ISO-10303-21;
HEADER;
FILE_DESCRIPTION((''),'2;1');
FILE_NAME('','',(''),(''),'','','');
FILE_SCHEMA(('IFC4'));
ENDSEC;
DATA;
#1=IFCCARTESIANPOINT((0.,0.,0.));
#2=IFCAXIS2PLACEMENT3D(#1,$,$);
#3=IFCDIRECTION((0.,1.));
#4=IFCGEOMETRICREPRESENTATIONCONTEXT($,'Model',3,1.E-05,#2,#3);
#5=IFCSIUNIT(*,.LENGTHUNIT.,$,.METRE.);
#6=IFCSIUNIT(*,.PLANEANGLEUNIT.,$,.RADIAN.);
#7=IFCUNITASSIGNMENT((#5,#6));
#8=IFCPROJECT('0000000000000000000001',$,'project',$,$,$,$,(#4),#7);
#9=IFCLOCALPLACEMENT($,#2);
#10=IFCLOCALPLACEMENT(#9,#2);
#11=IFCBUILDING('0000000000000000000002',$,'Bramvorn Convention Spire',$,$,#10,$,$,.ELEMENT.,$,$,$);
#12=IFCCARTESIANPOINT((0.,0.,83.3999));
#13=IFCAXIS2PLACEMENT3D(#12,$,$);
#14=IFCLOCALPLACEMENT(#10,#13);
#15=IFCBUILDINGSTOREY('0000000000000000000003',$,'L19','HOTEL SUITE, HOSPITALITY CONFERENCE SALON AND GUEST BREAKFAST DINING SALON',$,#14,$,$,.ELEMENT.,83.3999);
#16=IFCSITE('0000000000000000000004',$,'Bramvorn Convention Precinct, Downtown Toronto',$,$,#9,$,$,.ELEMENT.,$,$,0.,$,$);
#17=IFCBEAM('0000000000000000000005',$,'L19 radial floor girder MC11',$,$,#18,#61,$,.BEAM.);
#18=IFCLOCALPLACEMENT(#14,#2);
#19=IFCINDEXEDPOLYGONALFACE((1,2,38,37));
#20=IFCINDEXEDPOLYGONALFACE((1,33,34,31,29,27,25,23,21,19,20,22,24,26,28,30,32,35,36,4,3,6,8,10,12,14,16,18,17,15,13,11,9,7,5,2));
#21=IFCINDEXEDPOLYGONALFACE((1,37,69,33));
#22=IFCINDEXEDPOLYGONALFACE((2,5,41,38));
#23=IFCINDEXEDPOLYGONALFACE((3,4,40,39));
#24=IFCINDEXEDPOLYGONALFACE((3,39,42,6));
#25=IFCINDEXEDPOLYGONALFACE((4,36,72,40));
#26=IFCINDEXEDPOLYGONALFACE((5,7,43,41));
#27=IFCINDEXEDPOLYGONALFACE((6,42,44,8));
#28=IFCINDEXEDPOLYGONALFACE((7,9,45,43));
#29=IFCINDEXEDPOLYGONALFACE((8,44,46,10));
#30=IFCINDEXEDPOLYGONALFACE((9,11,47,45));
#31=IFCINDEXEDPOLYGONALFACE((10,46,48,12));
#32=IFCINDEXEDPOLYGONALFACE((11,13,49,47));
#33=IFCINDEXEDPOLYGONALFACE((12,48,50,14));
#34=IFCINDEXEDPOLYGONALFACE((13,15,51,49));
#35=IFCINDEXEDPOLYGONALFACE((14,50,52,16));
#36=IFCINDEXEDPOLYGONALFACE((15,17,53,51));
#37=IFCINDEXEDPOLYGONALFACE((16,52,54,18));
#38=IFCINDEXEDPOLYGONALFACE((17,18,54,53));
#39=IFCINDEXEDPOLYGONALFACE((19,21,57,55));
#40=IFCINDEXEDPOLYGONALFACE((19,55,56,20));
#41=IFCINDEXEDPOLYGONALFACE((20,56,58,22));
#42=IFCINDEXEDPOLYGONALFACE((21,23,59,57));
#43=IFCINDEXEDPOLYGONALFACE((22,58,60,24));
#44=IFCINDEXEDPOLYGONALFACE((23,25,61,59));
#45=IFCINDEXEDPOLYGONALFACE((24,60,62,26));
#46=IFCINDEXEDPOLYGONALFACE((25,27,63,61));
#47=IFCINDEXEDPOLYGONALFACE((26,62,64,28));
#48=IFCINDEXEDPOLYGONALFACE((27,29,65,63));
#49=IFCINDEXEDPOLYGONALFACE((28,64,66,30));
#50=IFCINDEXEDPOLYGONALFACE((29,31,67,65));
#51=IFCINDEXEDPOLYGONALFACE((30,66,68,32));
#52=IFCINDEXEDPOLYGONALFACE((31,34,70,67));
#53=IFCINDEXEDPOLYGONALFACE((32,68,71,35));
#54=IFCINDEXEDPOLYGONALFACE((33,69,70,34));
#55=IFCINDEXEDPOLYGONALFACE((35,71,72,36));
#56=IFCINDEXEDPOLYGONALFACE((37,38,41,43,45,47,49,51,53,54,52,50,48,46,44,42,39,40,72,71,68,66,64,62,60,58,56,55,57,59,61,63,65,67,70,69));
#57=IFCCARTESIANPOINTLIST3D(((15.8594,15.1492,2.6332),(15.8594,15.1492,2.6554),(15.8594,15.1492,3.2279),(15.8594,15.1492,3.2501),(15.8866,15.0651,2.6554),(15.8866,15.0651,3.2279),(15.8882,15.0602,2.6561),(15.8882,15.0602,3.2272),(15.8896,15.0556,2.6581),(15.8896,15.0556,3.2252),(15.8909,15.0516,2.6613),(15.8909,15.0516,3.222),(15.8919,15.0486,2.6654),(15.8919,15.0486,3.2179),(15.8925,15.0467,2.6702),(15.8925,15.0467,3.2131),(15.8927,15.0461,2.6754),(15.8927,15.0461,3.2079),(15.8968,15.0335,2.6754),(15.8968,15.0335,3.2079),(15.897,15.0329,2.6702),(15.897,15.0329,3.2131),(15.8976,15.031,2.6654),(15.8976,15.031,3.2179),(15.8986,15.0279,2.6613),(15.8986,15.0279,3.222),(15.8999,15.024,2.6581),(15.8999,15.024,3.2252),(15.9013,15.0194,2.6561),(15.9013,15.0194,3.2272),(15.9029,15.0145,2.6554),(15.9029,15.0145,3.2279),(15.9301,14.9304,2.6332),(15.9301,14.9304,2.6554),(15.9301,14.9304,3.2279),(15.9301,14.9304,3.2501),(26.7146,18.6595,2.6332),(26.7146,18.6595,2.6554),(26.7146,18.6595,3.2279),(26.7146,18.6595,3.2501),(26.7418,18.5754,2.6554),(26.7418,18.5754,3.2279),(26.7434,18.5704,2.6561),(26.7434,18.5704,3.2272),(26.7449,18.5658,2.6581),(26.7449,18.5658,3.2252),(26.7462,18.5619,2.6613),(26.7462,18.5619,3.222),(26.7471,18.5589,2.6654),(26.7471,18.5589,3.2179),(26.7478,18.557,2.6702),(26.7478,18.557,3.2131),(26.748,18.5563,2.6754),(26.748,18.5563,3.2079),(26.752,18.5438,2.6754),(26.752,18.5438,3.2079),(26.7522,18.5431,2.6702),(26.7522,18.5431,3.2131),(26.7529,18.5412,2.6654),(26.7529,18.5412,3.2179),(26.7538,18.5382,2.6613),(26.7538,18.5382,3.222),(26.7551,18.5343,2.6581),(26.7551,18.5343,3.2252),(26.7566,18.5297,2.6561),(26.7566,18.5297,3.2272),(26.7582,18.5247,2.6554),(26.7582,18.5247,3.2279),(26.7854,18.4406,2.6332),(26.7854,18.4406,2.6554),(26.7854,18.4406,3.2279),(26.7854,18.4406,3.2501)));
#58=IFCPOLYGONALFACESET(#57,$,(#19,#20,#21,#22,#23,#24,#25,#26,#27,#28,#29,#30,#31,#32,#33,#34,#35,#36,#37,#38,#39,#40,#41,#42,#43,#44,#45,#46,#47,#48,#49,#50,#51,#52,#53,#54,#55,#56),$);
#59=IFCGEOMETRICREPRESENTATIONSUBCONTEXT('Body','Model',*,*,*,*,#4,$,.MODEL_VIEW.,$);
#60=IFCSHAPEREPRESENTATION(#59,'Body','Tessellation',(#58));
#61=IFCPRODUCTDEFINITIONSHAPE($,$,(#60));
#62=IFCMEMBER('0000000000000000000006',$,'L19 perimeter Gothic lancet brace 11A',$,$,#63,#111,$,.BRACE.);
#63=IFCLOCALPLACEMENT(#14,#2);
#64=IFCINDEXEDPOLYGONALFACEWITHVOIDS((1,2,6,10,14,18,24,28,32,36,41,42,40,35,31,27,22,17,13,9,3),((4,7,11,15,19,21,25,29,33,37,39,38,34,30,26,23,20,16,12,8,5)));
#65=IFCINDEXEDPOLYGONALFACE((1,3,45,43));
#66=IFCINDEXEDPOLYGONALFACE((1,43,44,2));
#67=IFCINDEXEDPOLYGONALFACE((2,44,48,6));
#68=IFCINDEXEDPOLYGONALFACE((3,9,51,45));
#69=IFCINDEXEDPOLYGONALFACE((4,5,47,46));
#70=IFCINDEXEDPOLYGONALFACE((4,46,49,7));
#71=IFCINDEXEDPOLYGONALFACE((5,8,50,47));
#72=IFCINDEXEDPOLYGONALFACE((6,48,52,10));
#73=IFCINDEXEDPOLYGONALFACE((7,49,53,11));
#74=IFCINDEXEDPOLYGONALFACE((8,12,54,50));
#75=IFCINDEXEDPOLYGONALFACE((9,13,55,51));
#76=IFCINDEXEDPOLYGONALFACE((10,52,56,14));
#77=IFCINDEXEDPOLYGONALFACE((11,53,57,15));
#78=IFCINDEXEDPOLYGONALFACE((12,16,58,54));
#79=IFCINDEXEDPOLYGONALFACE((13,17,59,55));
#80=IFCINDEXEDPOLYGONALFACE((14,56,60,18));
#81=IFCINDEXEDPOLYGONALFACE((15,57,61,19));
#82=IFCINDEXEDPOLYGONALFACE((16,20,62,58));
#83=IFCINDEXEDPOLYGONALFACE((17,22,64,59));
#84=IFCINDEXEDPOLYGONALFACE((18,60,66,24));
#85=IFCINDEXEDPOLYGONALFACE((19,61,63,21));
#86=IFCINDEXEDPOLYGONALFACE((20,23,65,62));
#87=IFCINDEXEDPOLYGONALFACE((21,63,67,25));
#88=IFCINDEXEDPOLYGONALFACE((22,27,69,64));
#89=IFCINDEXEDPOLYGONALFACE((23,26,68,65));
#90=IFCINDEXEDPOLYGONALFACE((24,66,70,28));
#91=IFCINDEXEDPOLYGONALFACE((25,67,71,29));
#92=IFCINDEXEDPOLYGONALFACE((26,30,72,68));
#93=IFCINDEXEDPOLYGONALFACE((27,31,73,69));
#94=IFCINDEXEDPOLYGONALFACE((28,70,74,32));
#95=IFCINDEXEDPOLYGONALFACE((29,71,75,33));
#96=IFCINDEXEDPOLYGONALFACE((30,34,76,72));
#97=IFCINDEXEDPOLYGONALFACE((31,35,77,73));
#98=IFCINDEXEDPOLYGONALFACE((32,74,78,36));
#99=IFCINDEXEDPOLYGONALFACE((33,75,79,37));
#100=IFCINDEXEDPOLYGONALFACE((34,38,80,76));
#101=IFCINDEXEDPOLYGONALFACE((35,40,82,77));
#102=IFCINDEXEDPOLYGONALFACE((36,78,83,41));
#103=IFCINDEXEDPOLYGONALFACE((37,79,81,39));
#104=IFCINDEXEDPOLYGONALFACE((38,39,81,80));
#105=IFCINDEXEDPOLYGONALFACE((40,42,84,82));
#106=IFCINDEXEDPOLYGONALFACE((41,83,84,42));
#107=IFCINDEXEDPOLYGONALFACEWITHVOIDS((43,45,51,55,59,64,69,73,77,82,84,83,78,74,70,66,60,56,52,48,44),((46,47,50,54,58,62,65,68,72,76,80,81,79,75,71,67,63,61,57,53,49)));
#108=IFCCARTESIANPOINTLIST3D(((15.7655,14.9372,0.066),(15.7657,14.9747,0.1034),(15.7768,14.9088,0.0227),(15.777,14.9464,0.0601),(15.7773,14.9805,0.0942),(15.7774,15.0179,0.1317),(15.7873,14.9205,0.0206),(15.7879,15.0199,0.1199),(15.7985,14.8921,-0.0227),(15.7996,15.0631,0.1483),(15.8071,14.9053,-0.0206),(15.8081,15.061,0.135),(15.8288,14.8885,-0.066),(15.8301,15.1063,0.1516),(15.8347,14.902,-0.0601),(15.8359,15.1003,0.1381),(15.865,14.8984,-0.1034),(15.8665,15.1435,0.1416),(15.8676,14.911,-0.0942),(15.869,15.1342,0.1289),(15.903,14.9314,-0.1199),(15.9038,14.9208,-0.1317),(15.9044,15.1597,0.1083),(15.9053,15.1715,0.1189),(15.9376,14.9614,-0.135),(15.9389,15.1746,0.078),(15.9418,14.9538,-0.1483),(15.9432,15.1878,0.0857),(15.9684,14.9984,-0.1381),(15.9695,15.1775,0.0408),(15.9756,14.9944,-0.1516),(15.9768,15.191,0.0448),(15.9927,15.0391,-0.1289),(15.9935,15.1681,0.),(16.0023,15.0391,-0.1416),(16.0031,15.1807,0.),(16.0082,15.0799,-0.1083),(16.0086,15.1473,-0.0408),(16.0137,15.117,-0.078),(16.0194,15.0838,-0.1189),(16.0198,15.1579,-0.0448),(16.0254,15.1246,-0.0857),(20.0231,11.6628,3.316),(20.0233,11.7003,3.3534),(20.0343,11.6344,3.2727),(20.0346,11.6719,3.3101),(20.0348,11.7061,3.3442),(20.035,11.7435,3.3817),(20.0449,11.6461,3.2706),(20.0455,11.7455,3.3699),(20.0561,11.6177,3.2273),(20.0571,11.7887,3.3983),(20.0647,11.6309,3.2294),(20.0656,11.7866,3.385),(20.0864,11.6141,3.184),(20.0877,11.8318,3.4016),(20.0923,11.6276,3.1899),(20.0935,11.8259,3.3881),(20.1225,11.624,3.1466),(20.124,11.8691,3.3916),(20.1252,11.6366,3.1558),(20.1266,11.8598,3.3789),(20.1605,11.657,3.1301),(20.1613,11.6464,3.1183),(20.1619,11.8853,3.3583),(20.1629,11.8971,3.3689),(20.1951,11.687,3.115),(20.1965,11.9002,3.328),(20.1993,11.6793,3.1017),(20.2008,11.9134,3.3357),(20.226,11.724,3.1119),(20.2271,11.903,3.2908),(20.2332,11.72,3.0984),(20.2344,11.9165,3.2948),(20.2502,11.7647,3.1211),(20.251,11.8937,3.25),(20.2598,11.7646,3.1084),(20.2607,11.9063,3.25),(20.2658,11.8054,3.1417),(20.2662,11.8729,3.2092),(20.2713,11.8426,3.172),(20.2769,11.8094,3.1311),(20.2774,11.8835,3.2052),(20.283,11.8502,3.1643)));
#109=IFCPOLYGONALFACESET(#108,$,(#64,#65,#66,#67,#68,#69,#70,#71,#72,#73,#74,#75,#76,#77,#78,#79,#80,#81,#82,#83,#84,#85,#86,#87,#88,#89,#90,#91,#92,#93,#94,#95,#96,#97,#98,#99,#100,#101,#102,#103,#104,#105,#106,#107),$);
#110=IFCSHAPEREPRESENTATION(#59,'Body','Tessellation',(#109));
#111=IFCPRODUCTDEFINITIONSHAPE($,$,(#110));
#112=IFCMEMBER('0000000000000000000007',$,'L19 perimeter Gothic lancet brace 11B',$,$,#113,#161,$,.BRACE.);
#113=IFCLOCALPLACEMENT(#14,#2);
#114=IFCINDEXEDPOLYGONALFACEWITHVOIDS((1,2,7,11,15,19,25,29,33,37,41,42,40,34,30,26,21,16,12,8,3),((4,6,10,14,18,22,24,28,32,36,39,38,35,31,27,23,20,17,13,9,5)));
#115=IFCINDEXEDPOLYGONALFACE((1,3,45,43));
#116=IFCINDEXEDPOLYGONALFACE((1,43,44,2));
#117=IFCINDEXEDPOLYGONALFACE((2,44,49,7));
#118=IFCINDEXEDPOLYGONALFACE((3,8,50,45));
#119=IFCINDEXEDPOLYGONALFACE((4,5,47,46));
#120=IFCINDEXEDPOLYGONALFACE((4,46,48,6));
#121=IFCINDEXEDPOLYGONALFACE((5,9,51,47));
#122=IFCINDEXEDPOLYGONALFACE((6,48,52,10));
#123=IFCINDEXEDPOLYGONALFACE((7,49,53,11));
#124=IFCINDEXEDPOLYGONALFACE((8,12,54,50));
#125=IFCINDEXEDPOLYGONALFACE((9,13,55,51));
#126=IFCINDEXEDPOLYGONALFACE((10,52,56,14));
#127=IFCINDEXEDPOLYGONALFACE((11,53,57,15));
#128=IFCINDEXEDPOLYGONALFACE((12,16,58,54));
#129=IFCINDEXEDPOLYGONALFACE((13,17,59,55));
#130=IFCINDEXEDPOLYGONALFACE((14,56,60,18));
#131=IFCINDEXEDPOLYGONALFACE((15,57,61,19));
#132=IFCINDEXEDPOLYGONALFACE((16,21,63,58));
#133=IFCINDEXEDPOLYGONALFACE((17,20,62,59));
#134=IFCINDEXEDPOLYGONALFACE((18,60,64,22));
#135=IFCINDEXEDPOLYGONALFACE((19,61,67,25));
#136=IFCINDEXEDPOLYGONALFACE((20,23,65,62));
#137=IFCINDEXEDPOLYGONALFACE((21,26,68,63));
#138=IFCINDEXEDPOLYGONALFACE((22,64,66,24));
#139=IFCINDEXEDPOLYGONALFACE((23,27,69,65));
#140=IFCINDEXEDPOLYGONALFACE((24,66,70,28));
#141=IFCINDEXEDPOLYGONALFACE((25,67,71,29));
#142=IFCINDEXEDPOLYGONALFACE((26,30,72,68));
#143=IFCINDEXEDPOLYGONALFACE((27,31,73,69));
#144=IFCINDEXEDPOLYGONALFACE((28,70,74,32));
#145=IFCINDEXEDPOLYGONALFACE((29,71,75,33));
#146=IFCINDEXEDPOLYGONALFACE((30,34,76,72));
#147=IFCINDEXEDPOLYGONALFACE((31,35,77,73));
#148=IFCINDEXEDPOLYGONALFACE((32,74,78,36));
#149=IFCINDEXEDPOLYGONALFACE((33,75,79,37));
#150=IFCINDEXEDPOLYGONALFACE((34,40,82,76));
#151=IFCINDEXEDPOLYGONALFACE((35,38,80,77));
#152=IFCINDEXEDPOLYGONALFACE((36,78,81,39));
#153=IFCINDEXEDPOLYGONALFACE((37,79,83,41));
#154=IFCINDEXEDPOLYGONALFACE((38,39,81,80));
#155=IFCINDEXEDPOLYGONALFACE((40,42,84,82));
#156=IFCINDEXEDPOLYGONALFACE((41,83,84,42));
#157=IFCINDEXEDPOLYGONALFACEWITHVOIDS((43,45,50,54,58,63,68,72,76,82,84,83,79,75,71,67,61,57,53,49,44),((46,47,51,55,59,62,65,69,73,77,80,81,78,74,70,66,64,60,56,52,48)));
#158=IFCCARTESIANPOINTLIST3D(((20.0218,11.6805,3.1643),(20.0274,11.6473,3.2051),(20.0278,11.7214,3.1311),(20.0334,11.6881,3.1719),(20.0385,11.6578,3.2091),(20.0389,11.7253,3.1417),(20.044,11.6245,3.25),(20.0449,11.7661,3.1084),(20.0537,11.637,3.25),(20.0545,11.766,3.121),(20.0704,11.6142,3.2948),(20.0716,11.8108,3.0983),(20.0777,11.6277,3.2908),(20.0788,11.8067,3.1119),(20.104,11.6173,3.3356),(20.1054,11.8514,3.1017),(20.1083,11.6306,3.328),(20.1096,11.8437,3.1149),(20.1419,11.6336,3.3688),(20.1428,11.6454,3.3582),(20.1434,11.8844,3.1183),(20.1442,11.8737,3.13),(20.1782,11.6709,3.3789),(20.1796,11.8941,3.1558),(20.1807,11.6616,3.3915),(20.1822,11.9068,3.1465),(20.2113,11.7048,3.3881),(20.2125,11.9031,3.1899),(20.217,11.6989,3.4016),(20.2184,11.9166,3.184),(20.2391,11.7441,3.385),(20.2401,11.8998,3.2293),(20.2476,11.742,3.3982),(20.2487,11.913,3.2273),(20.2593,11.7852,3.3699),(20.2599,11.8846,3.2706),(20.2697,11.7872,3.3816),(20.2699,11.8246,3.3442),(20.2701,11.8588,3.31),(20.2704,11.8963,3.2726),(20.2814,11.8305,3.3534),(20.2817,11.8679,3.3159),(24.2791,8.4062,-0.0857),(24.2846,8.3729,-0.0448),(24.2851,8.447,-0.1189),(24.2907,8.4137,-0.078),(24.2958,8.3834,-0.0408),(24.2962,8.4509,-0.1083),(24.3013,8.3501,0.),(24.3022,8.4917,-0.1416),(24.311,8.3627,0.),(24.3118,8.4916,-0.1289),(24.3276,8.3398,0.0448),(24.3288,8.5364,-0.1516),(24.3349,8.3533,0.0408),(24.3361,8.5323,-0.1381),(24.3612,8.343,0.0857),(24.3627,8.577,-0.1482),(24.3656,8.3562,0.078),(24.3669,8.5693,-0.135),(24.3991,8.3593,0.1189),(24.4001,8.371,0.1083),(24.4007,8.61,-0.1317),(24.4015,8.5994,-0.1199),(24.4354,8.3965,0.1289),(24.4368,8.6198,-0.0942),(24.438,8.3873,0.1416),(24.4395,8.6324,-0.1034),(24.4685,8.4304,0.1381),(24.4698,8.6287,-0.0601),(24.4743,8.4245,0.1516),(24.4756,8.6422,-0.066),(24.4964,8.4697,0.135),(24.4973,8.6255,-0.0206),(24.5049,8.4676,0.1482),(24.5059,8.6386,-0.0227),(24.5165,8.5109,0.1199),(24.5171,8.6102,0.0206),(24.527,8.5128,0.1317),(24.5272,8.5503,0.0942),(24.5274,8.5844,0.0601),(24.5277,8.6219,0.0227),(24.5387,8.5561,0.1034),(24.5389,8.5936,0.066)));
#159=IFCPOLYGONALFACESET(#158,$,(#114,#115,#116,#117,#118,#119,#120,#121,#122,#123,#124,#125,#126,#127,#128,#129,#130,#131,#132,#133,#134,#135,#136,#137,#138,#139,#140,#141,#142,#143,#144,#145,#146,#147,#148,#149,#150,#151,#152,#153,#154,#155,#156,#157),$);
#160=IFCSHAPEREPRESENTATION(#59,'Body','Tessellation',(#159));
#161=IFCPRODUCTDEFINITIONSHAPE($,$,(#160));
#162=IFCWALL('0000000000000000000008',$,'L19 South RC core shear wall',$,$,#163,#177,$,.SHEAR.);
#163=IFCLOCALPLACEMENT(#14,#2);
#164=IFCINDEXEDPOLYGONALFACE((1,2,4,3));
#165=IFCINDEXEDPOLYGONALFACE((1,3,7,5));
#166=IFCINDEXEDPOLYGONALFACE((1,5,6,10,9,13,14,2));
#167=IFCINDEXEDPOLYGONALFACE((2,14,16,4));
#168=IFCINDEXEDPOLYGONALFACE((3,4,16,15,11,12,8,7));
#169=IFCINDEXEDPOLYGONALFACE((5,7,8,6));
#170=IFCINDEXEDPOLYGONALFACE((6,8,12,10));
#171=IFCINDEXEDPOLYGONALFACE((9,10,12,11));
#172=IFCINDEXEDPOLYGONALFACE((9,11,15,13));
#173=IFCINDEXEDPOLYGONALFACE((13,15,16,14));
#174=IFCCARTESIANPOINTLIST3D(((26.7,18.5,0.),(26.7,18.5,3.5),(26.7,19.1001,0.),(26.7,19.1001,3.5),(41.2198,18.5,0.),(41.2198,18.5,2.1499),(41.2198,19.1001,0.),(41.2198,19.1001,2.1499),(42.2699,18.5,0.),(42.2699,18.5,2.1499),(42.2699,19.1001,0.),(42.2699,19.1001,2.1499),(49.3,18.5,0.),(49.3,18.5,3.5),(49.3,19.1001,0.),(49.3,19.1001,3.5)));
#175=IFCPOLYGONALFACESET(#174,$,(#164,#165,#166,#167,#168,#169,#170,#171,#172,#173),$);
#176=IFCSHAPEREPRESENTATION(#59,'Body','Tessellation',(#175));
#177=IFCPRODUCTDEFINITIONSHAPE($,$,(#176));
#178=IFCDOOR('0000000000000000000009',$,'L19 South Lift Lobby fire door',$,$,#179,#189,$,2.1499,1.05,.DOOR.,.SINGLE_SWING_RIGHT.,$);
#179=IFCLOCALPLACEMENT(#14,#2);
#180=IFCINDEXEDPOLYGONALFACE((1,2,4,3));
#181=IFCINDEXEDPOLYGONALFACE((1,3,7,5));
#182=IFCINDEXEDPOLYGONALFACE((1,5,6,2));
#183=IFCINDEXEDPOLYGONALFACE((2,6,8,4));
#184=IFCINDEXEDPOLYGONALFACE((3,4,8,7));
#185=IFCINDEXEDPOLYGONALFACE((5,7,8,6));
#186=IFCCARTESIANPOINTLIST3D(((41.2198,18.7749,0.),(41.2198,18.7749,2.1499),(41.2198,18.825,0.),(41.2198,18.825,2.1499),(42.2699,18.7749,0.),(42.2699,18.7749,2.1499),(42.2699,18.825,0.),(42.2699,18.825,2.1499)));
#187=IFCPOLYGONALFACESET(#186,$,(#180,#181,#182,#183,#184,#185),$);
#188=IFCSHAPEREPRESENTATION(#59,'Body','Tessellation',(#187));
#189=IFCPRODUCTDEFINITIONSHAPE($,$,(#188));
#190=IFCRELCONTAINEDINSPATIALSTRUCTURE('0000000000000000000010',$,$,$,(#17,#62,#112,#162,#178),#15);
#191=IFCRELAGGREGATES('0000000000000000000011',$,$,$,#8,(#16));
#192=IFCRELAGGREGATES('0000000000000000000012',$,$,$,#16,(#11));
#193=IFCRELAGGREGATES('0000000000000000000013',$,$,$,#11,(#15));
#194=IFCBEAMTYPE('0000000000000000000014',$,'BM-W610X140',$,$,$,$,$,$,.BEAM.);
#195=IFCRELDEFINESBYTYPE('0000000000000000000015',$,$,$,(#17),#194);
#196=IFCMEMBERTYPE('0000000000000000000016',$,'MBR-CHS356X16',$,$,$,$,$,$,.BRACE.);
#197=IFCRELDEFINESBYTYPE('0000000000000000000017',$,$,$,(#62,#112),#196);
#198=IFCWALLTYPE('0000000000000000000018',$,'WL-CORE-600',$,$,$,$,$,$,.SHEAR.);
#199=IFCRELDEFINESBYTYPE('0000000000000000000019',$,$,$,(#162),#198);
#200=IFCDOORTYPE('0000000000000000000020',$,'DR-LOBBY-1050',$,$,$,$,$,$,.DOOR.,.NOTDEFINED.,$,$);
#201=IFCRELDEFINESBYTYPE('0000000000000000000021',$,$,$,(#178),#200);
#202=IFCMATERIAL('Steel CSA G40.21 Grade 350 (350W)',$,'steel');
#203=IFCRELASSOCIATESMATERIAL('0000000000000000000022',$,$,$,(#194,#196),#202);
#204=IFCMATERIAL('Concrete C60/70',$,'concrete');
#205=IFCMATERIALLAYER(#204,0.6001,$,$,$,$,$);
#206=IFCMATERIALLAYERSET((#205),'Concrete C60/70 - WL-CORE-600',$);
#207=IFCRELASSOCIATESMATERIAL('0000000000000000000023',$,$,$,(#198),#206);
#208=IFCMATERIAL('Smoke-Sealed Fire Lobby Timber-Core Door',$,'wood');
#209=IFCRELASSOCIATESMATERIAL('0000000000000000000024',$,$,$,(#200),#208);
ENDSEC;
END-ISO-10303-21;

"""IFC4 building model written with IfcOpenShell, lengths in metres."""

from ifc_helpers import new_model, si_unit, direction, frame, frame_2d, origin, origin_2d, place, context, subcontext, project, spatial, rectangle, hollow_circle, i_section, extrude, material, layer, layer_set, material_profile, profile_set, type_object, element, fill, save


model = new_model("IFC4")

# Units and contexts
model_context = context("Model", 3, precision=1e-05, world=origin(), true_north=direction((0.0, 1.0)))
body_context = subcontext(model_context, "Body", "Model", "MODEL_VIEW")
ifc_project = project(units=[si_unit("LENGTHUNIT", "METRE"), si_unit("PLANEANGLEUNIT", "RADIAN")], contexts=[model_context])

# Site, building, storey
site_placement = place(None, origin())
site = spatial("IfcSite", under=ifc_project, at=site_placement, Name="Bramvorn Convention Precinct, Downtown Toronto", CompositionType="ELEMENT", RefElevation=0.0)
building_placement = place(site_placement, origin())
building = spatial("IfcBuilding", under=site, at=building_placement, Name="Bramvorn Convention Spire", CompositionType="ELEMENT")
storey_placement = place(building_placement, frame((0.0, 0.0, 83.3999)))
storey = spatial("IfcBuildingStorey", under=building, at=storey_placement, Name="L19", Description="HOTEL SUITE, HOSPITALITY CONFERENCE SALON AND GUEST BREAKFAST DINING SALON", CompositionType="ELEMENT", Elevation=83.3999)

# Shared definitions
ifc_material_1 = material(Name="Steel CSA G40.21 Grade 350 (350W)", Category="steel")

# Beam
ifc_material_profile_1 = material_profile(ifc_material_1, i_section(OverallWidth=0.23, OverallDepth=0.6169, WebThickness=0.0132, FlangeThickness=0.0222, FilletRadius=0.02, at=origin_2d()))
ifc_profile_set_1 = profile_set([ifc_material_profile_1], Name="Steel CSA G40.21 Grade 350 (350W) - W610X140")
beam_type_1 = type_object("IfcBeamType", Name="BM-W610X140", PredefinedType="BEAM", material=ifc_profile_set_1)
beam_1_placement = place(storey_placement, frame((26.75, 18.55, 2.9417), z_axis=(-0.951489, -0.307683, 0.0), x_axis=(0.307683, -0.951489, 0.0)))
element("IfcBeam", 1, at=beam_1_placement, inside=storey, type_object=beam_type_1, Name="L19 radial floor girder MC11", PredefinedType="BEAM", context=body_context, shape_type="SweptSolid", body=[
    extrude(i_section(OverallWidth=0.23, OverallDepth=0.6169, WebThickness=0.0132, FlangeThickness=0.0222, FilletRadius=0.02, at=origin_2d()), origin(), (0.0, 0.0, 1.0), 11.4087),
])

# Members
ifc_material_profile_2 = material_profile(ifc_material_1, hollow_circle(Radius=0.1777, WallThickness=0.0159, at=origin_2d()))
ifc_profile_set_2 = profile_set([ifc_material_profile_2], Name="Steel CSA G40.21 Grade 350 (350W) - CHS356X16")
member_type = type_object("IfcMemberType", Name="MBR-CHS356X16", PredefinedType="BRACE", material=ifc_profile_set_2)
member_1_placement = place(storey_placement, frame((15.8948, 15.0398, 0.0), z_axis=(0.678191, -0.521584, 0.517695), x_axis=(0.609636, 0.792681, 0.0)))
element("IfcMember", 2, at=member_1_placement, inside=storey, type_object=member_type, Name="L19 perimeter Gothic lancet brace 11A", PredefinedType="BRACE", context=body_context, shape_type="SweptSolid", body=[
    extrude(hollow_circle(Radius=0.1777, WallThickness=0.0159, at=origin_2d()), origin(), (0.0, 0.0, 1.0), 6.2778),
])
member_2_placement = place(storey_placement, frame((24.4097, 8.491, 0.0), z_axis=(-0.67817, 0.521597, 0.517708), x_axis=(-0.609658, -0.792665, 0.0)))
element("IfcMember", 3, at=member_2_placement, inside=storey, type_object=member_type, Name="L19 perimeter Gothic lancet brace 11B", PredefinedType="BRACE", context=body_context, shape_type="SweptSolid", body=[
    extrude(hollow_circle(Radius=0.1777, WallThickness=0.0159, at=origin_2d()), origin(), (0.0, 0.0, 1.0), 6.2776),
])

# Wall, opening, door
ifc_material_2 = material(Name="Concrete C60/70", Category="concrete")
ifc_layer_1 = layer(ifc_material_2, 0.6001)
ifc_layer_set_1 = layer_set([ifc_layer_1], Name="Concrete C60/70 - WL-CORE-600")
wall_type_1 = type_object("IfcWallType", Name="WL-CORE-600", PredefinedType="SHEAR", material=ifc_layer_set_1)
wall_1_placement = place(storey_placement, frame((26.7, 18.8, 0.0), z_axis=(0.0, 0.0, 1.0), x_axis=(1.0, 0.0, 0.0)))
wall_1 = element("IfcWall", 4, at=wall_1_placement, inside=storey, type_object=wall_type_1, Name="L19 South RC core shear wall", PredefinedType="SHEAR", context=body_context, shape_type="SweptSolid", body=[
    extrude(rectangle(XDim=22.6001, YDim=0.6001, at=frame_2d((11.3, 0.0))), origin(), (0.0, 0.0, 1.0), 3.5),
])
opening_1_placement = place(wall_1_placement, frame((14.52, 0.0, 0.0)))
opening_1 = element("IfcOpeningElement", 5, at=opening_1_placement, cuts=wall_1, PredefinedType="OPENING", context=body_context, shape_type="SweptSolid", body=[
    extrude(rectangle(XDim=1.05, YDim=2.1499, at=frame_2d((0.5249, 1.075))), frame((0.0, 0.3101, 0.0), z_axis=(0.0, -1.0, 0.0), x_axis=(1.0, 0.0, 0.0)), (0.0, 0.0, 1.0), 0.6201),
])
ifc_material_3 = material(Name="Smoke-Sealed Fire Lobby Timber-Core Door", Category="wood")
door_type_1 = type_object("IfcDoorType", Name="DR-LOBBY-1050", OperationType="NOTDEFINED", PredefinedType="DOOR", material=ifc_material_3)
door_1_placement = place(opening_1_placement, origin())
door_1 = element("IfcDoor", 6, at=door_1_placement, inside=storey, type_object=door_type_1, Name="L19 South Lift Lobby fire door", OperationType="SINGLE_SWING_RIGHT", OverallHeight=2.1499, OverallWidth=1.05, PredefinedType="DOOR", context=body_context, shape_type="SweptSolid", body=[
    extrude(rectangle(XDim=1.05, YDim=2.1499, at=frame_2d((0.5249, 1.075))), frame((0.0, 0.0249, 0.0), z_axis=(0.0, -1.0, 0.0), x_axis=(1.0, 0.0, 0.0)), (0.0, 0.0, 1.0), 0.05),
])
fill(opening_1, door_1)

save(model, "model.ifc")
